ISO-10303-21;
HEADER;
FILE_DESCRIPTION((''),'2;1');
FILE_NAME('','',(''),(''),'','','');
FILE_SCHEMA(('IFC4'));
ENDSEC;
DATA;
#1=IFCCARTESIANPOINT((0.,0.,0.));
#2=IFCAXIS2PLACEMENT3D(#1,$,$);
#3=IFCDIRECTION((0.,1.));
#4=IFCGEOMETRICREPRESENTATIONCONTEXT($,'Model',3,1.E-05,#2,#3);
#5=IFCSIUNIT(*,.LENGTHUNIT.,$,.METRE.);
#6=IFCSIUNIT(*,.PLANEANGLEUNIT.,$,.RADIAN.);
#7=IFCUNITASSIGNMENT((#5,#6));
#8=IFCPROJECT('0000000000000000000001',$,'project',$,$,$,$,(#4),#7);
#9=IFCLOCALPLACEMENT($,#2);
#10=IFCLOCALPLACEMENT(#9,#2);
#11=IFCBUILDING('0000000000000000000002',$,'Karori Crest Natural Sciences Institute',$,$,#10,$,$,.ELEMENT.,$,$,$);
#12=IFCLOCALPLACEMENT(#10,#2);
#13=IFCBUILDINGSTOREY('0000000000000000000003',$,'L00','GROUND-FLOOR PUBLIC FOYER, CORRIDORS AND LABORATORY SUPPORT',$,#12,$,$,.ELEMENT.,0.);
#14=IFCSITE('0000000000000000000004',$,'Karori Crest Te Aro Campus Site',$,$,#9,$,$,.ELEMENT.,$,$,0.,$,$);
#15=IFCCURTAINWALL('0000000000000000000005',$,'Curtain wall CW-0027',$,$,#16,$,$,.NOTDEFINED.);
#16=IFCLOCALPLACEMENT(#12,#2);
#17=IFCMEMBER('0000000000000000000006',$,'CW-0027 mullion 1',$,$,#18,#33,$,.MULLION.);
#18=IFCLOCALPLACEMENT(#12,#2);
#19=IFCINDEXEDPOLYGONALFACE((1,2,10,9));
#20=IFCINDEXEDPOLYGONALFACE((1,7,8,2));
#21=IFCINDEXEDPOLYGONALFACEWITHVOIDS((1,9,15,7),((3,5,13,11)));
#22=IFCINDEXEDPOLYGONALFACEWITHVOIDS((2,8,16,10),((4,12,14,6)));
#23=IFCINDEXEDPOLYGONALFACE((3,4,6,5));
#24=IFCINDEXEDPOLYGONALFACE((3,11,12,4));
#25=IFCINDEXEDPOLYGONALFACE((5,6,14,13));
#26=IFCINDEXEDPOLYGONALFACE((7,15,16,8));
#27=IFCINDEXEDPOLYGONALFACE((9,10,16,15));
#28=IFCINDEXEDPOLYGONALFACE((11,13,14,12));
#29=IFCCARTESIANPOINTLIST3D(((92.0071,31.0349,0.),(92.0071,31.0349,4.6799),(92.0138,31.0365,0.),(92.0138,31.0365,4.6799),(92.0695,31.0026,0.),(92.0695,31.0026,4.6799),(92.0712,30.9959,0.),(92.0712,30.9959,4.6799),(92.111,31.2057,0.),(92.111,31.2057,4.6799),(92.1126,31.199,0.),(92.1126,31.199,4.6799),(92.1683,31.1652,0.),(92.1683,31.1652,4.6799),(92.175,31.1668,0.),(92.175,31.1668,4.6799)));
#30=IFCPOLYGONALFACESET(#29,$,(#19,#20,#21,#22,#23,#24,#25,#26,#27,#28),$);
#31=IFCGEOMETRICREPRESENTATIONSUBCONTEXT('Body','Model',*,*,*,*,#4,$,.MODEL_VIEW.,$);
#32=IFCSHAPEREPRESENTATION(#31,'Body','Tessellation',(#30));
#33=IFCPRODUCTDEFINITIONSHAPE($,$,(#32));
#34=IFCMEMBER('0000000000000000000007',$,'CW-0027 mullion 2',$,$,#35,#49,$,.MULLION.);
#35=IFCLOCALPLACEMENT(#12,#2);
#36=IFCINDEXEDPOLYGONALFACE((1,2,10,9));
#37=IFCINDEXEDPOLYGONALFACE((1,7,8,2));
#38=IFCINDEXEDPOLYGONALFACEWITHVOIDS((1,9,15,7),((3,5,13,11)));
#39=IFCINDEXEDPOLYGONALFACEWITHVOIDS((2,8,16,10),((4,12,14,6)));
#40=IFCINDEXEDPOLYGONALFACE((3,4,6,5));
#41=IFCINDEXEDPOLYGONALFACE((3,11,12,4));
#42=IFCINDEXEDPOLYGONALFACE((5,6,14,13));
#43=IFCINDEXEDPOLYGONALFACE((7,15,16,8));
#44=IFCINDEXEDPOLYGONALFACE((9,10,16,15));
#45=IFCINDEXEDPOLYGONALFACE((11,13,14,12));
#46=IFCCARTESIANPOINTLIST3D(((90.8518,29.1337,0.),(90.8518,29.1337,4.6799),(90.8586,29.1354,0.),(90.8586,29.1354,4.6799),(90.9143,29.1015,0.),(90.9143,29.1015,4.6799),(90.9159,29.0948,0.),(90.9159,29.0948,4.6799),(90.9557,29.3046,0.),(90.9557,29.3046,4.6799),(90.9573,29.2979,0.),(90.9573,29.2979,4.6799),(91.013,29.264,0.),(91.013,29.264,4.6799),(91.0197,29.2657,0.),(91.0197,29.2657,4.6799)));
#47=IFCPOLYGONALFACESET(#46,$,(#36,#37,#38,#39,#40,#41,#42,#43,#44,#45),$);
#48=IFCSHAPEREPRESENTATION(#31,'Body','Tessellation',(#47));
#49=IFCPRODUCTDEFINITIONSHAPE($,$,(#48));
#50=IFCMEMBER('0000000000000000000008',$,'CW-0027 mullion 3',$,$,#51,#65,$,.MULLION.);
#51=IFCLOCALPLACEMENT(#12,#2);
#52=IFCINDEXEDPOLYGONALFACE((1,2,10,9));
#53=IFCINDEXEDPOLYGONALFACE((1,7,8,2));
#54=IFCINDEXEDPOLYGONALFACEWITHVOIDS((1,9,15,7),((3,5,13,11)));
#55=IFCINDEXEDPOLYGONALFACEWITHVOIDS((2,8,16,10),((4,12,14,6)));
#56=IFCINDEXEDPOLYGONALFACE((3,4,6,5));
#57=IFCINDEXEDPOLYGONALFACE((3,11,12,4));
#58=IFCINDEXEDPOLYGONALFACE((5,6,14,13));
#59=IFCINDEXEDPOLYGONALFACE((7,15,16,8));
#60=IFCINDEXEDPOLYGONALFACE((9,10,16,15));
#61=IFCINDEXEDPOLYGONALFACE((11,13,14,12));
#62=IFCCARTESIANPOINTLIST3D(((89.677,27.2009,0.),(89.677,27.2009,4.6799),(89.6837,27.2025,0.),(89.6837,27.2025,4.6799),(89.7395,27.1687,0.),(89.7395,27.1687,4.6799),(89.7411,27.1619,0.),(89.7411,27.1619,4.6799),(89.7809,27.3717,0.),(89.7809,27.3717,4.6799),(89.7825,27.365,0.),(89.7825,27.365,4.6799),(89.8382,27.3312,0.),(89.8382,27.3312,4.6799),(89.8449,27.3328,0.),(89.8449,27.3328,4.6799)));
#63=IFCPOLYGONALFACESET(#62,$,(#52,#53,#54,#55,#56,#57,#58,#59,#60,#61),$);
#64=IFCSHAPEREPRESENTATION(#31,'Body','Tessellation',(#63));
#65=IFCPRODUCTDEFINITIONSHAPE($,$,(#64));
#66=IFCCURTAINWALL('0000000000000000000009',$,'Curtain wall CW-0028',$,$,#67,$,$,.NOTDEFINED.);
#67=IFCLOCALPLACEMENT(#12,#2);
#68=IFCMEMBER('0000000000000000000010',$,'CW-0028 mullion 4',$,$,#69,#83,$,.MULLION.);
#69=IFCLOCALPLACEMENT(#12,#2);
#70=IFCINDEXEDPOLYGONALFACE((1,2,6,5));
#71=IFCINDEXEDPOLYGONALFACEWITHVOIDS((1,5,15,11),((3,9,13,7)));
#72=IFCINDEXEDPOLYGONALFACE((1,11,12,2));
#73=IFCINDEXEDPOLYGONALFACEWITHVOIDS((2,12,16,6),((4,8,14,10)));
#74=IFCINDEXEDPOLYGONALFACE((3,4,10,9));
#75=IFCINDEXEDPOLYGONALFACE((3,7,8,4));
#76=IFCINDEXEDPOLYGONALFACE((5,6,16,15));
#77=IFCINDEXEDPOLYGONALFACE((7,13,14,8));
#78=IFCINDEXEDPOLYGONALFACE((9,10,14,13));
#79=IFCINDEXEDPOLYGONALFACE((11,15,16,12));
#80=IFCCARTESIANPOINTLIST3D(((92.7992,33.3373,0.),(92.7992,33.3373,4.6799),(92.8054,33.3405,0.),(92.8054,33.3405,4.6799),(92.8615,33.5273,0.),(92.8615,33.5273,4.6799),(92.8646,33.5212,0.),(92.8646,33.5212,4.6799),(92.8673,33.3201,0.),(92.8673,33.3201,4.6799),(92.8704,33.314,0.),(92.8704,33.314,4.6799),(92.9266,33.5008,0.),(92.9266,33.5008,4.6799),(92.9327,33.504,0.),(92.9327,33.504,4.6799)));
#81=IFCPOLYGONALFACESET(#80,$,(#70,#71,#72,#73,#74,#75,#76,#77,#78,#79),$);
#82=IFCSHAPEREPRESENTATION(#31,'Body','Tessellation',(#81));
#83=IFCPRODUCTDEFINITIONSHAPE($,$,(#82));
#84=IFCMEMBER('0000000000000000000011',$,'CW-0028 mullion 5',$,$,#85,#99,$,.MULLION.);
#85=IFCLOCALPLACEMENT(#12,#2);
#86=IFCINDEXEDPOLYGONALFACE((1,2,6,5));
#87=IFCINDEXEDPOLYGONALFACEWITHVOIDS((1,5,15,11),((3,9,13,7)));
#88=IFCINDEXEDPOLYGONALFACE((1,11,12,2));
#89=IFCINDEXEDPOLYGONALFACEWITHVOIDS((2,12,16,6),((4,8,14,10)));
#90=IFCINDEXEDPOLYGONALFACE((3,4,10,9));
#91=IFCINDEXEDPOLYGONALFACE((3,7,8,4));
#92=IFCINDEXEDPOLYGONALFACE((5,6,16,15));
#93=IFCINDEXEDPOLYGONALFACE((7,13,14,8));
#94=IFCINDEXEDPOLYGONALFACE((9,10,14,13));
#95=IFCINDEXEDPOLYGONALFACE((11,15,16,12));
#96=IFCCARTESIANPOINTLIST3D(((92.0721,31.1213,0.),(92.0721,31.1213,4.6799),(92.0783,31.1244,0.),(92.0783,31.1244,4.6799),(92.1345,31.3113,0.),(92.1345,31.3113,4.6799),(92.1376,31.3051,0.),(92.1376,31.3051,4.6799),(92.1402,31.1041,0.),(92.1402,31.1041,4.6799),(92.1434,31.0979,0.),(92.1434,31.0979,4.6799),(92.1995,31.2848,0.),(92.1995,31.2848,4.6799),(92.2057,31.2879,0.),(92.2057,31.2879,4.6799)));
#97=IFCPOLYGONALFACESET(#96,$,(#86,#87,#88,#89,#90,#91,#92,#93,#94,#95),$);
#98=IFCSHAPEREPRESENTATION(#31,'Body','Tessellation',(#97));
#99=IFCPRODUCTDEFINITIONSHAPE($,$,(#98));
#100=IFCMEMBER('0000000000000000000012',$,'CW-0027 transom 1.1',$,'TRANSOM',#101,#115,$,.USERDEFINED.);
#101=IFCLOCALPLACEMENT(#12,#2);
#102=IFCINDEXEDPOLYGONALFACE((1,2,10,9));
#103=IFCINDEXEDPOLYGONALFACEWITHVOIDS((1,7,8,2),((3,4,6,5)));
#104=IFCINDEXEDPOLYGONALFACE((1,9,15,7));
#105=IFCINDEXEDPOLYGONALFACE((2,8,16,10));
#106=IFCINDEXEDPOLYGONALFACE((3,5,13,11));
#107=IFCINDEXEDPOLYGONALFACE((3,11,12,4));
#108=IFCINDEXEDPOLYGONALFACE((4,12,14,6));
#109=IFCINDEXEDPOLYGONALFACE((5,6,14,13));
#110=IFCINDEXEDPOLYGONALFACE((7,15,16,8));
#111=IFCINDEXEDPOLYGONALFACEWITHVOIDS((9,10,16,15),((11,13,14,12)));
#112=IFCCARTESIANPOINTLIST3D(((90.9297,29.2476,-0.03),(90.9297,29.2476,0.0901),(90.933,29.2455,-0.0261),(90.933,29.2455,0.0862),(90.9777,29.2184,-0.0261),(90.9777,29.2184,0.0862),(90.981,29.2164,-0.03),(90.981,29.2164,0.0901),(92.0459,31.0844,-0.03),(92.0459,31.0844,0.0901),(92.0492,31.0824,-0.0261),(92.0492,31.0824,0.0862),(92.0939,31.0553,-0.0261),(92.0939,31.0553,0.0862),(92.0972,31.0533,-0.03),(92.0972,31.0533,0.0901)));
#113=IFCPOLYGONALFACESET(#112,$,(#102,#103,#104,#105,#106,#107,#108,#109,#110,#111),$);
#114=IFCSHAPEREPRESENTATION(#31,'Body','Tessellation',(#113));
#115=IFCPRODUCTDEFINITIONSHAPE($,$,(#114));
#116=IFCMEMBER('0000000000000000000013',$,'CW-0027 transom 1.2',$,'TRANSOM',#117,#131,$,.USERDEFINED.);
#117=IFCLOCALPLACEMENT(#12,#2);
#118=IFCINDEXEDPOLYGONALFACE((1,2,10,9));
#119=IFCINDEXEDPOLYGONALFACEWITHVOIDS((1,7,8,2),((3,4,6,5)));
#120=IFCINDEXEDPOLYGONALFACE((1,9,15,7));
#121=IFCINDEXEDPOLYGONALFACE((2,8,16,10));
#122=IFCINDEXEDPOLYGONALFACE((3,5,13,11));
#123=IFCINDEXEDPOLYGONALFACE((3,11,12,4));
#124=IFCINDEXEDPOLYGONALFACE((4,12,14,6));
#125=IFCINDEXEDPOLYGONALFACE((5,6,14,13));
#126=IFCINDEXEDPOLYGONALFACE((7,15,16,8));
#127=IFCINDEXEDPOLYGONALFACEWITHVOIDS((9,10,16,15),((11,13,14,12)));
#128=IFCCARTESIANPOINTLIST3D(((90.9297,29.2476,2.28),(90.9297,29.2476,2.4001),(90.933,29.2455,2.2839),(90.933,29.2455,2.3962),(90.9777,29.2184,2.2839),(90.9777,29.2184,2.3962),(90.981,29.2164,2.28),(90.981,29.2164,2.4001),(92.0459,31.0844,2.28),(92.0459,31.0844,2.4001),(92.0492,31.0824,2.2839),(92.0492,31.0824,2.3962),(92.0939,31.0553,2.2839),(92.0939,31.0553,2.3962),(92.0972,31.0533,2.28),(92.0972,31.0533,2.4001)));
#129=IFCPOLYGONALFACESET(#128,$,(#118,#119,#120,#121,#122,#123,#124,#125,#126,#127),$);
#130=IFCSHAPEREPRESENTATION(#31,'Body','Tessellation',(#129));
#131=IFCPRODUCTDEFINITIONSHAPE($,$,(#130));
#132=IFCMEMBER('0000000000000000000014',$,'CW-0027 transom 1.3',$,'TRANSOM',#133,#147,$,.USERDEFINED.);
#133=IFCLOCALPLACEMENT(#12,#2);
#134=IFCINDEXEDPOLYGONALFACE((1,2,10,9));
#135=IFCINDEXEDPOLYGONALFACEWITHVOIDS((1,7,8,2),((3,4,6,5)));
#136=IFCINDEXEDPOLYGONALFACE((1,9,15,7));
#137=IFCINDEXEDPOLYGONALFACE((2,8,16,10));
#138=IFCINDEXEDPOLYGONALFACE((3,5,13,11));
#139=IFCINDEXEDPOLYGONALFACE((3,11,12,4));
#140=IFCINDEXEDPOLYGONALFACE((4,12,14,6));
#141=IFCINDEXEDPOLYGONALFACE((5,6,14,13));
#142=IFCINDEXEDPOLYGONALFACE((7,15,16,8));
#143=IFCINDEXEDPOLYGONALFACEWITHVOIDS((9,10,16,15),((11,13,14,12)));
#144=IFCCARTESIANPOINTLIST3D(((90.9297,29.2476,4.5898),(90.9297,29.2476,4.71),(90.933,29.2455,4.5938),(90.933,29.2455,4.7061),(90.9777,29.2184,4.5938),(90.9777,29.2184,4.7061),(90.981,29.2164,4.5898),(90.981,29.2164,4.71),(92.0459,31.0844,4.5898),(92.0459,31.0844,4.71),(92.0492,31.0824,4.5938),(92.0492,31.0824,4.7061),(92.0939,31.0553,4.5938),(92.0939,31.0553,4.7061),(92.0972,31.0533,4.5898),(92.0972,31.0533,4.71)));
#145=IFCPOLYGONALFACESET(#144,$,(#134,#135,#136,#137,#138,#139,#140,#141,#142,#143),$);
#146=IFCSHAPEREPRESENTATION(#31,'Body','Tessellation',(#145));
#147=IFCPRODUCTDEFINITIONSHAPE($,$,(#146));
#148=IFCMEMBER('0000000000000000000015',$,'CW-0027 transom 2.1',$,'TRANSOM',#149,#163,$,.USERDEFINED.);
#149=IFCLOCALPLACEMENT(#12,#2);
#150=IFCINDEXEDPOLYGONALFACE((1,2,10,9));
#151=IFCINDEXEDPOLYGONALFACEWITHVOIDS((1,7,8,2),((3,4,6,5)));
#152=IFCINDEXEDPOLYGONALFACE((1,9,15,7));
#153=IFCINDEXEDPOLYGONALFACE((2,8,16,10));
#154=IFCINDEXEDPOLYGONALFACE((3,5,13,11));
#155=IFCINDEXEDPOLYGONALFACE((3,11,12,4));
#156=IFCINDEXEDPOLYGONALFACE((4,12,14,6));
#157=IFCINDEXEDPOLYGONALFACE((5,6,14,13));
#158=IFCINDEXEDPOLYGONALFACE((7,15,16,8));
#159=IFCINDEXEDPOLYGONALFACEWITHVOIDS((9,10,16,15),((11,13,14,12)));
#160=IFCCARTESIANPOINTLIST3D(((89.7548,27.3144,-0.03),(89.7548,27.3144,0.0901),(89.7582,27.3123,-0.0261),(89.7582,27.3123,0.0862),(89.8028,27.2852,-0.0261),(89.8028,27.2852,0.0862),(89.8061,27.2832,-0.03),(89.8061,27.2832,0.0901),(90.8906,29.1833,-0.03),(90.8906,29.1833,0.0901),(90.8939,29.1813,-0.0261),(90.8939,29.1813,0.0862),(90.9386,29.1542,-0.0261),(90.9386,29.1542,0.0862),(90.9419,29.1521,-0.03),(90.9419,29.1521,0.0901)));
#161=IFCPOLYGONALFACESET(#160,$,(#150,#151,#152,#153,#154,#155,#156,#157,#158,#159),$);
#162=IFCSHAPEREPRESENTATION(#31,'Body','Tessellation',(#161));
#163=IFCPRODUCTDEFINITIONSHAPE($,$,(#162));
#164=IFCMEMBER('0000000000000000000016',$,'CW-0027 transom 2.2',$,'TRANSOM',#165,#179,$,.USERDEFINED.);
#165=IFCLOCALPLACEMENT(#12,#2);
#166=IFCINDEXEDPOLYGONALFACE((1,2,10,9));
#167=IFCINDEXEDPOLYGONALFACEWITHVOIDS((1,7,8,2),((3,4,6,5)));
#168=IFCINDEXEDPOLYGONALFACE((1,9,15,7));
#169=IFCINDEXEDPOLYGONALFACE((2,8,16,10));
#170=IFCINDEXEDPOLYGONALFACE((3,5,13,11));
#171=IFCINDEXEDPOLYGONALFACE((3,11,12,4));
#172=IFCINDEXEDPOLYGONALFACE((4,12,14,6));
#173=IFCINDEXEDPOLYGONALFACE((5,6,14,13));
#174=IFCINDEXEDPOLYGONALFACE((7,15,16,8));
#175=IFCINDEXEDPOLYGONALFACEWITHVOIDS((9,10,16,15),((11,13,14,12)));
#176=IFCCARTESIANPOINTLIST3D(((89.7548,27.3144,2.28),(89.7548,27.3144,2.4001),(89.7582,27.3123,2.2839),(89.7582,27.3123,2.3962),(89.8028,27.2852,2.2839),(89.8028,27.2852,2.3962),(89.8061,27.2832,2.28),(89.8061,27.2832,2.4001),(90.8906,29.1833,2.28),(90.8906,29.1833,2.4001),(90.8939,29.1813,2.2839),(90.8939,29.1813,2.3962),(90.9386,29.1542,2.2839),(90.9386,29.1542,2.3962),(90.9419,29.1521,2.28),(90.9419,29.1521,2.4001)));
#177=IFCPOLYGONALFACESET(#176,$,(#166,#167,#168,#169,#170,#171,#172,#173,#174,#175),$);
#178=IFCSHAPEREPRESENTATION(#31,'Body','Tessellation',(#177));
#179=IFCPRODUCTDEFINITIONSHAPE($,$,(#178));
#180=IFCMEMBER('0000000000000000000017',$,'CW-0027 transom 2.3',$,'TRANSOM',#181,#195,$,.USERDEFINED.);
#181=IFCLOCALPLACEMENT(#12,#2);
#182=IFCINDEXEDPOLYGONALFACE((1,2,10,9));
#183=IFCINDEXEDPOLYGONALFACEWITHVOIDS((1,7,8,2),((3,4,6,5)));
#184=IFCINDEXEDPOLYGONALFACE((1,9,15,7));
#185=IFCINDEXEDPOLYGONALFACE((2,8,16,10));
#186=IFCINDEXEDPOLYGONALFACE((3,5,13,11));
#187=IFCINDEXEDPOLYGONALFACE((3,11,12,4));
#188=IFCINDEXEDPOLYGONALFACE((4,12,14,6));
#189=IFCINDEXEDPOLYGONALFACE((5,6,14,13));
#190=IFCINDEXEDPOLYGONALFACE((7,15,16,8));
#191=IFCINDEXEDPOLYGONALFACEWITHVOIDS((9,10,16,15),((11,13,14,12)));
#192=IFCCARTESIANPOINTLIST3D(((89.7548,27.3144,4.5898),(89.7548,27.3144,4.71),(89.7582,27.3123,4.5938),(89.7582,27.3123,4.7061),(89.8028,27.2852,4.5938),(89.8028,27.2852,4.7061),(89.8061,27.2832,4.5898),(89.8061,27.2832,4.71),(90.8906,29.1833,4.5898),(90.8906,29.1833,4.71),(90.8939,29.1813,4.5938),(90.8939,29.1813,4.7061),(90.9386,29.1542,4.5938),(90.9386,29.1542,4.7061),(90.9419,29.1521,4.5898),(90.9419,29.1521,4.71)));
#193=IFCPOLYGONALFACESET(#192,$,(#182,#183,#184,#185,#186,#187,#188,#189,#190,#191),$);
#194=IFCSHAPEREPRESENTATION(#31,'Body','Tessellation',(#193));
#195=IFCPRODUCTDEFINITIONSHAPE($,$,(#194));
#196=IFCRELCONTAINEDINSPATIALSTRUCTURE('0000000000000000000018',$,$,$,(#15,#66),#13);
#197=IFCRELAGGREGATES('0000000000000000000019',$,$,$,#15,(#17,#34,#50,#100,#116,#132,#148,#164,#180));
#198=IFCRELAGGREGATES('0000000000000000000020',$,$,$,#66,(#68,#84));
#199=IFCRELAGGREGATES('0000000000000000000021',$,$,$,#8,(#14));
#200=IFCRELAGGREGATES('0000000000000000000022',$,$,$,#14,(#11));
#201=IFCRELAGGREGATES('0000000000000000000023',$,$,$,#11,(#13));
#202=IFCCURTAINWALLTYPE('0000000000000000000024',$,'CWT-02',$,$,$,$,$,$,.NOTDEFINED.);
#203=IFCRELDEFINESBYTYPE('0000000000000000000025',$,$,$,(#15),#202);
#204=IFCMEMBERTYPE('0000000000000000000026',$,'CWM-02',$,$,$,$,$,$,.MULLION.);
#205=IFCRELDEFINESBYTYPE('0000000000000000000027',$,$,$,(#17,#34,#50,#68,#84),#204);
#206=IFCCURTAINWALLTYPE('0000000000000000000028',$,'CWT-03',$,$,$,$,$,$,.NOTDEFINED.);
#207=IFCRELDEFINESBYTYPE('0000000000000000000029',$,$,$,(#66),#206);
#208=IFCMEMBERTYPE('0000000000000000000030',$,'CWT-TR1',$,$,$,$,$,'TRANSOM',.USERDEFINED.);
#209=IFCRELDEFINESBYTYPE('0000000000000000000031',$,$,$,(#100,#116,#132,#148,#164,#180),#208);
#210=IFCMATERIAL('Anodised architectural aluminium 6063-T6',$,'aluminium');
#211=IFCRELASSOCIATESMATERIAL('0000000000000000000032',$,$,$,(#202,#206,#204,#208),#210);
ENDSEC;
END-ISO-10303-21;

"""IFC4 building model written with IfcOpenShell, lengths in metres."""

from ifc_helpers import new_model, si_unit, direction, frame, origin, origin_2d, place, context, subcontext, project, spatial, hollow_rectangle, extrude, material, material_profile, profile_set, type_object, element, aggregate, save


model = new_model("IFC4")

# Units and contexts
model_context = context("Model", 3, precision=1e-05, world=origin(), true_north=direction((0.0, 1.0)))
body_context = subcontext(model_context, "Body", "Model", "MODEL_VIEW")
ifc_project = project(units=[si_unit("LENGTHUNIT", "METRE"), si_unit("PLANEANGLEUNIT", "RADIAN")], contexts=[model_context])

# Site, building, storey
site_placement = place(None, origin())
site = spatial("IfcSite", under=ifc_project, at=site_placement, Name="Karori Crest Te Aro Campus Site", CompositionType="ELEMENT", RefElevation=0.0)
building_placement = place(site_placement, origin())
building = spatial("IfcBuilding", under=site, at=building_placement, Name="Karori Crest Natural Sciences Institute", CompositionType="ELEMENT")
storey_placement = place(building_placement, origin())
storey = spatial("IfcBuildingStorey", under=building, at=storey_placement, Name="L00", Description="GROUND-FLOOR PUBLIC FOYER, CORRIDORS AND LABORATORY SUPPORT", CompositionType="ELEMENT", Elevation=0.0)

# Curtain walls, members
ifc_material_1 = material(Name="Anodised architectural aluminium 6063-T6", Category="aluminium")
curtain_wall_type_1 = type_object("IfcCurtainWallType", Name="CWT-02", PredefinedType="NOTDEFINED", material=ifc_material_1)
curtain_wall_1_placement = place(storey_placement, origin())
curtain_wall_1 = element("IfcCurtainWall", 1, at=curtain_wall_1_placement, inside=storey, type_object=curtain_wall_type_1, Name="Curtain wall CW-0027", PredefinedType="NOTDEFINED")
ifc_material_profile_1 = material_profile(ifc_material_1, hollow_rectangle(XDim=0.075, YDim=0.2, WallThickness=0.0049, at=origin_2d()), Name="CWM200x75x5")
ifc_profile_set_1 = profile_set([ifc_material_profile_1], Name="Anodised architectural aluminium 6063-T6")
member_type_1 = type_object("IfcMemberType", Name="CWM-02", PredefinedType="MULLION", material=ifc_profile_set_1)
member_1_placement = place(storey_placement, frame((92.0911, 31.1008, 0.0), z_axis=(0.0, 0.0, 1.0), x_axis=(0.854567, -0.519341, 0.0)))
member_1 = element("IfcMember", 2, at=member_1_placement, type_object=member_type_1, Name="CW-0027 mullion 1", PredefinedType="MULLION", context=body_context, shape_type="SweptSolid", body=[
    extrude(hollow_rectangle(XDim=0.075, YDim=0.2, WallThickness=0.0049, at=origin_2d()), origin(), (0.0, 0.0, 1.0), 4.6799),
])
member_2_placement = place(storey_placement, frame((90.9358, 29.1997, 0.0), z_axis=(0.0, 0.0, 1.0), x_axis=(0.854567, -0.519341, 0.0)))
member_2 = element("IfcMember", 3, at=member_2_placement, type_object=member_type_1, Name="CW-0027 mullion 2", PredefinedType="MULLION", context=body_context, shape_type="SweptSolid", body=[
    extrude(hollow_rectangle(XDim=0.075, YDim=0.2, WallThickness=0.0049, at=origin_2d()), origin(), (0.0, 0.0, 1.0), 4.6799),
])
member_3_placement = place(storey_placement, frame((89.761, 27.2668, 0.0), z_axis=(0.0, 0.0, 1.0), x_axis=(0.854567, -0.519341, 0.0)))
member_3 = element("IfcMember", 4, at=member_3_placement, type_object=member_type_1, Name="CW-0027 mullion 3", PredefinedType="MULLION", context=body_context, shape_type="SweptSolid", body=[
    extrude(hollow_rectangle(XDim=0.075, YDim=0.2, WallThickness=0.0049, at=origin_2d()), origin(), (0.0, 0.0, 1.0), 4.6799),
])
curtain_wall_type_2 = type_object("IfcCurtainWallType", Name="CWT-03", PredefinedType="NOTDEFINED", material=ifc_material_1)
curtain_wall_2_placement = place(storey_placement, origin())
curtain_wall_2 = element("IfcCurtainWall", 5, at=curtain_wall_2_placement, inside=storey, type_object=curtain_wall_type_2, Name="Curtain wall CW-0028", PredefinedType="NOTDEFINED")
member_4_placement = place(storey_placement, frame((92.866, 33.4207, 0.0), z_axis=(0.0, 0.0, 1.0), x_axis=(0.950176, -0.311714, 0.0)))
member_4 = element("IfcMember", 6, at=member_4_placement, type_object=member_type_1, Name="CW-0028 mullion 4", PredefinedType="MULLION", context=body_context, shape_type="SweptSolid", body=[
    extrude(hollow_rectangle(XDim=0.075, YDim=0.2, WallThickness=0.0049, at=origin_2d()), origin(), (0.0, 0.0, 1.0), 4.6799),
])
member_5_placement = place(storey_placement, frame((92.1389, 31.2046, 0.0), z_axis=(0.0, 0.0, 1.0), x_axis=(0.950176, -0.311714, 0.0)))
member_5 = element("IfcMember", 7, at=member_5_placement, type_object=member_type_1, Name="CW-0028 mullion 5", PredefinedType="MULLION", context=body_context, shape_type="SweptSolid", body=[
    extrude(hollow_rectangle(XDim=0.075, YDim=0.2, WallThickness=0.0049, at=origin_2d()), origin(), (0.0, 0.0, 1.0), 4.6799),
])

# Members
ifc_material_profile_2 = material_profile(ifc_material_1, hollow_rectangle(XDim=0.0601, YDim=0.1201, WallThickness=0.0039, at=origin_2d()), Name="CWT120x60x4")
ifc_profile_set_2 = profile_set([ifc_material_profile_2], Name="Anodised architectural aluminium 6063-T6")
member_type_2 = type_object("IfcMemberType", Name="CWT-TR1", ElementType="TRANSOM", PredefinedType="USERDEFINED", material=ifc_profile_set_2)
member_6_placement = place(storey_placement, frame((92.0715, 31.0688, 0.03), z_axis=(-0.519298, -0.854593, 0.0), x_axis=(0.854593, -0.519298, 0.0)))
member_6 = element("IfcMember", 8, at=member_6_placement, type_object=member_type_2, Name="CW-0027 transom 1.1", ObjectType="TRANSOM", PredefinedType="USERDEFINED", context=body_context, shape_type="SweptSolid", body=[
    extrude(hollow_rectangle(XDim=0.0601, YDim=0.1201, WallThickness=0.0039, at=origin_2d()), origin(), (0.0, 0.0, 1.0), 2.1494),
])
member_7_placement = place(storey_placement, frame((92.0715, 31.0688, 2.3401), z_axis=(-0.519298, -0.854593, 0.0), x_axis=(0.854593, -0.519298, 0.0)))
member_7 = element("IfcMember", 9, at=member_7_placement, type_object=member_type_2, Name="CW-0027 transom 1.2", ObjectType="TRANSOM", PredefinedType="USERDEFINED", context=body_context, shape_type="SweptSolid", body=[
    extrude(hollow_rectangle(XDim=0.0601, YDim=0.1201, WallThickness=0.0039, at=origin_2d()), origin(), (0.0, 0.0, 1.0), 2.1494),
])
member_8_placement = place(storey_placement, frame((92.0715, 31.0688, 4.6499), z_axis=(-0.519298, -0.854593, 0.0), x_axis=(0.854593, -0.519298, 0.0)))
member_8 = element("IfcMember", 10, at=member_8_placement, type_object=member_type_2, Name="CW-0027 transom 1.3", ObjectType="TRANSOM", PredefinedType="USERDEFINED", context=body_context, shape_type="SweptSolid", body=[
    extrude(hollow_rectangle(XDim=0.0601, YDim=0.1201, WallThickness=0.0039, at=origin_2d()), origin(), (0.0, 0.0, 1.0), 2.1494),
])
member_9_placement = place(storey_placement, frame((90.9163, 29.1677, 0.03), z_axis=(-0.519331, -0.854573, 0.0), x_axis=(0.854573, -0.519331, 0.0)))
member_9 = element("IfcMember", 11, at=member_9_placement, type_object=member_type_2, Name="CW-0027 transom 2.1", ObjectType="TRANSOM", PredefinedType="USERDEFINED", context=body_context, shape_type="SweptSolid", body=[
    extrude(hollow_rectangle(XDim=0.0601, YDim=0.1201, WallThickness=0.0039, at=origin_2d()), origin(), (0.0, 0.0, 1.0), 2.187),
])
member_10_placement = place(storey_placement, frame((90.9163, 29.1677, 2.3401), z_axis=(-0.519331, -0.854573, 0.0), x_axis=(0.854573, -0.519331, 0.0)))
member_10 = element("IfcMember", 12, at=member_10_placement, type_object=member_type_2, Name="CW-0027 transom 2.2", ObjectType="TRANSOM", PredefinedType="USERDEFINED", context=body_context, shape_type="SweptSolid", body=[
    extrude(hollow_rectangle(XDim=0.0601, YDim=0.1201, WallThickness=0.0039, at=origin_2d()), origin(), (0.0, 0.0, 1.0), 2.187),
])
member_11_placement = place(storey_placement, frame((90.9163, 29.1677, 4.6499), z_axis=(-0.519331, -0.854573, 0.0), x_axis=(0.854573, -0.519331, 0.0)))
member_11 = element("IfcMember", 13, at=member_11_placement, type_object=member_type_2, Name="CW-0027 transom 2.3", ObjectType="TRANSOM", PredefinedType="USERDEFINED", context=body_context, shape_type="SweptSolid", body=[
    extrude(hollow_rectangle(XDim=0.0601, YDim=0.1201, WallThickness=0.0039, at=origin_2d()), origin(), (0.0, 0.0, 1.0), 2.187),
])

aggregate(curtain_wall_1, [member_1, member_2, member_3, member_6, member_7, member_8, member_9, member_10, member_11])
aggregate(curtain_wall_2, [member_4, member_5])

save(model, "model.ifc")
